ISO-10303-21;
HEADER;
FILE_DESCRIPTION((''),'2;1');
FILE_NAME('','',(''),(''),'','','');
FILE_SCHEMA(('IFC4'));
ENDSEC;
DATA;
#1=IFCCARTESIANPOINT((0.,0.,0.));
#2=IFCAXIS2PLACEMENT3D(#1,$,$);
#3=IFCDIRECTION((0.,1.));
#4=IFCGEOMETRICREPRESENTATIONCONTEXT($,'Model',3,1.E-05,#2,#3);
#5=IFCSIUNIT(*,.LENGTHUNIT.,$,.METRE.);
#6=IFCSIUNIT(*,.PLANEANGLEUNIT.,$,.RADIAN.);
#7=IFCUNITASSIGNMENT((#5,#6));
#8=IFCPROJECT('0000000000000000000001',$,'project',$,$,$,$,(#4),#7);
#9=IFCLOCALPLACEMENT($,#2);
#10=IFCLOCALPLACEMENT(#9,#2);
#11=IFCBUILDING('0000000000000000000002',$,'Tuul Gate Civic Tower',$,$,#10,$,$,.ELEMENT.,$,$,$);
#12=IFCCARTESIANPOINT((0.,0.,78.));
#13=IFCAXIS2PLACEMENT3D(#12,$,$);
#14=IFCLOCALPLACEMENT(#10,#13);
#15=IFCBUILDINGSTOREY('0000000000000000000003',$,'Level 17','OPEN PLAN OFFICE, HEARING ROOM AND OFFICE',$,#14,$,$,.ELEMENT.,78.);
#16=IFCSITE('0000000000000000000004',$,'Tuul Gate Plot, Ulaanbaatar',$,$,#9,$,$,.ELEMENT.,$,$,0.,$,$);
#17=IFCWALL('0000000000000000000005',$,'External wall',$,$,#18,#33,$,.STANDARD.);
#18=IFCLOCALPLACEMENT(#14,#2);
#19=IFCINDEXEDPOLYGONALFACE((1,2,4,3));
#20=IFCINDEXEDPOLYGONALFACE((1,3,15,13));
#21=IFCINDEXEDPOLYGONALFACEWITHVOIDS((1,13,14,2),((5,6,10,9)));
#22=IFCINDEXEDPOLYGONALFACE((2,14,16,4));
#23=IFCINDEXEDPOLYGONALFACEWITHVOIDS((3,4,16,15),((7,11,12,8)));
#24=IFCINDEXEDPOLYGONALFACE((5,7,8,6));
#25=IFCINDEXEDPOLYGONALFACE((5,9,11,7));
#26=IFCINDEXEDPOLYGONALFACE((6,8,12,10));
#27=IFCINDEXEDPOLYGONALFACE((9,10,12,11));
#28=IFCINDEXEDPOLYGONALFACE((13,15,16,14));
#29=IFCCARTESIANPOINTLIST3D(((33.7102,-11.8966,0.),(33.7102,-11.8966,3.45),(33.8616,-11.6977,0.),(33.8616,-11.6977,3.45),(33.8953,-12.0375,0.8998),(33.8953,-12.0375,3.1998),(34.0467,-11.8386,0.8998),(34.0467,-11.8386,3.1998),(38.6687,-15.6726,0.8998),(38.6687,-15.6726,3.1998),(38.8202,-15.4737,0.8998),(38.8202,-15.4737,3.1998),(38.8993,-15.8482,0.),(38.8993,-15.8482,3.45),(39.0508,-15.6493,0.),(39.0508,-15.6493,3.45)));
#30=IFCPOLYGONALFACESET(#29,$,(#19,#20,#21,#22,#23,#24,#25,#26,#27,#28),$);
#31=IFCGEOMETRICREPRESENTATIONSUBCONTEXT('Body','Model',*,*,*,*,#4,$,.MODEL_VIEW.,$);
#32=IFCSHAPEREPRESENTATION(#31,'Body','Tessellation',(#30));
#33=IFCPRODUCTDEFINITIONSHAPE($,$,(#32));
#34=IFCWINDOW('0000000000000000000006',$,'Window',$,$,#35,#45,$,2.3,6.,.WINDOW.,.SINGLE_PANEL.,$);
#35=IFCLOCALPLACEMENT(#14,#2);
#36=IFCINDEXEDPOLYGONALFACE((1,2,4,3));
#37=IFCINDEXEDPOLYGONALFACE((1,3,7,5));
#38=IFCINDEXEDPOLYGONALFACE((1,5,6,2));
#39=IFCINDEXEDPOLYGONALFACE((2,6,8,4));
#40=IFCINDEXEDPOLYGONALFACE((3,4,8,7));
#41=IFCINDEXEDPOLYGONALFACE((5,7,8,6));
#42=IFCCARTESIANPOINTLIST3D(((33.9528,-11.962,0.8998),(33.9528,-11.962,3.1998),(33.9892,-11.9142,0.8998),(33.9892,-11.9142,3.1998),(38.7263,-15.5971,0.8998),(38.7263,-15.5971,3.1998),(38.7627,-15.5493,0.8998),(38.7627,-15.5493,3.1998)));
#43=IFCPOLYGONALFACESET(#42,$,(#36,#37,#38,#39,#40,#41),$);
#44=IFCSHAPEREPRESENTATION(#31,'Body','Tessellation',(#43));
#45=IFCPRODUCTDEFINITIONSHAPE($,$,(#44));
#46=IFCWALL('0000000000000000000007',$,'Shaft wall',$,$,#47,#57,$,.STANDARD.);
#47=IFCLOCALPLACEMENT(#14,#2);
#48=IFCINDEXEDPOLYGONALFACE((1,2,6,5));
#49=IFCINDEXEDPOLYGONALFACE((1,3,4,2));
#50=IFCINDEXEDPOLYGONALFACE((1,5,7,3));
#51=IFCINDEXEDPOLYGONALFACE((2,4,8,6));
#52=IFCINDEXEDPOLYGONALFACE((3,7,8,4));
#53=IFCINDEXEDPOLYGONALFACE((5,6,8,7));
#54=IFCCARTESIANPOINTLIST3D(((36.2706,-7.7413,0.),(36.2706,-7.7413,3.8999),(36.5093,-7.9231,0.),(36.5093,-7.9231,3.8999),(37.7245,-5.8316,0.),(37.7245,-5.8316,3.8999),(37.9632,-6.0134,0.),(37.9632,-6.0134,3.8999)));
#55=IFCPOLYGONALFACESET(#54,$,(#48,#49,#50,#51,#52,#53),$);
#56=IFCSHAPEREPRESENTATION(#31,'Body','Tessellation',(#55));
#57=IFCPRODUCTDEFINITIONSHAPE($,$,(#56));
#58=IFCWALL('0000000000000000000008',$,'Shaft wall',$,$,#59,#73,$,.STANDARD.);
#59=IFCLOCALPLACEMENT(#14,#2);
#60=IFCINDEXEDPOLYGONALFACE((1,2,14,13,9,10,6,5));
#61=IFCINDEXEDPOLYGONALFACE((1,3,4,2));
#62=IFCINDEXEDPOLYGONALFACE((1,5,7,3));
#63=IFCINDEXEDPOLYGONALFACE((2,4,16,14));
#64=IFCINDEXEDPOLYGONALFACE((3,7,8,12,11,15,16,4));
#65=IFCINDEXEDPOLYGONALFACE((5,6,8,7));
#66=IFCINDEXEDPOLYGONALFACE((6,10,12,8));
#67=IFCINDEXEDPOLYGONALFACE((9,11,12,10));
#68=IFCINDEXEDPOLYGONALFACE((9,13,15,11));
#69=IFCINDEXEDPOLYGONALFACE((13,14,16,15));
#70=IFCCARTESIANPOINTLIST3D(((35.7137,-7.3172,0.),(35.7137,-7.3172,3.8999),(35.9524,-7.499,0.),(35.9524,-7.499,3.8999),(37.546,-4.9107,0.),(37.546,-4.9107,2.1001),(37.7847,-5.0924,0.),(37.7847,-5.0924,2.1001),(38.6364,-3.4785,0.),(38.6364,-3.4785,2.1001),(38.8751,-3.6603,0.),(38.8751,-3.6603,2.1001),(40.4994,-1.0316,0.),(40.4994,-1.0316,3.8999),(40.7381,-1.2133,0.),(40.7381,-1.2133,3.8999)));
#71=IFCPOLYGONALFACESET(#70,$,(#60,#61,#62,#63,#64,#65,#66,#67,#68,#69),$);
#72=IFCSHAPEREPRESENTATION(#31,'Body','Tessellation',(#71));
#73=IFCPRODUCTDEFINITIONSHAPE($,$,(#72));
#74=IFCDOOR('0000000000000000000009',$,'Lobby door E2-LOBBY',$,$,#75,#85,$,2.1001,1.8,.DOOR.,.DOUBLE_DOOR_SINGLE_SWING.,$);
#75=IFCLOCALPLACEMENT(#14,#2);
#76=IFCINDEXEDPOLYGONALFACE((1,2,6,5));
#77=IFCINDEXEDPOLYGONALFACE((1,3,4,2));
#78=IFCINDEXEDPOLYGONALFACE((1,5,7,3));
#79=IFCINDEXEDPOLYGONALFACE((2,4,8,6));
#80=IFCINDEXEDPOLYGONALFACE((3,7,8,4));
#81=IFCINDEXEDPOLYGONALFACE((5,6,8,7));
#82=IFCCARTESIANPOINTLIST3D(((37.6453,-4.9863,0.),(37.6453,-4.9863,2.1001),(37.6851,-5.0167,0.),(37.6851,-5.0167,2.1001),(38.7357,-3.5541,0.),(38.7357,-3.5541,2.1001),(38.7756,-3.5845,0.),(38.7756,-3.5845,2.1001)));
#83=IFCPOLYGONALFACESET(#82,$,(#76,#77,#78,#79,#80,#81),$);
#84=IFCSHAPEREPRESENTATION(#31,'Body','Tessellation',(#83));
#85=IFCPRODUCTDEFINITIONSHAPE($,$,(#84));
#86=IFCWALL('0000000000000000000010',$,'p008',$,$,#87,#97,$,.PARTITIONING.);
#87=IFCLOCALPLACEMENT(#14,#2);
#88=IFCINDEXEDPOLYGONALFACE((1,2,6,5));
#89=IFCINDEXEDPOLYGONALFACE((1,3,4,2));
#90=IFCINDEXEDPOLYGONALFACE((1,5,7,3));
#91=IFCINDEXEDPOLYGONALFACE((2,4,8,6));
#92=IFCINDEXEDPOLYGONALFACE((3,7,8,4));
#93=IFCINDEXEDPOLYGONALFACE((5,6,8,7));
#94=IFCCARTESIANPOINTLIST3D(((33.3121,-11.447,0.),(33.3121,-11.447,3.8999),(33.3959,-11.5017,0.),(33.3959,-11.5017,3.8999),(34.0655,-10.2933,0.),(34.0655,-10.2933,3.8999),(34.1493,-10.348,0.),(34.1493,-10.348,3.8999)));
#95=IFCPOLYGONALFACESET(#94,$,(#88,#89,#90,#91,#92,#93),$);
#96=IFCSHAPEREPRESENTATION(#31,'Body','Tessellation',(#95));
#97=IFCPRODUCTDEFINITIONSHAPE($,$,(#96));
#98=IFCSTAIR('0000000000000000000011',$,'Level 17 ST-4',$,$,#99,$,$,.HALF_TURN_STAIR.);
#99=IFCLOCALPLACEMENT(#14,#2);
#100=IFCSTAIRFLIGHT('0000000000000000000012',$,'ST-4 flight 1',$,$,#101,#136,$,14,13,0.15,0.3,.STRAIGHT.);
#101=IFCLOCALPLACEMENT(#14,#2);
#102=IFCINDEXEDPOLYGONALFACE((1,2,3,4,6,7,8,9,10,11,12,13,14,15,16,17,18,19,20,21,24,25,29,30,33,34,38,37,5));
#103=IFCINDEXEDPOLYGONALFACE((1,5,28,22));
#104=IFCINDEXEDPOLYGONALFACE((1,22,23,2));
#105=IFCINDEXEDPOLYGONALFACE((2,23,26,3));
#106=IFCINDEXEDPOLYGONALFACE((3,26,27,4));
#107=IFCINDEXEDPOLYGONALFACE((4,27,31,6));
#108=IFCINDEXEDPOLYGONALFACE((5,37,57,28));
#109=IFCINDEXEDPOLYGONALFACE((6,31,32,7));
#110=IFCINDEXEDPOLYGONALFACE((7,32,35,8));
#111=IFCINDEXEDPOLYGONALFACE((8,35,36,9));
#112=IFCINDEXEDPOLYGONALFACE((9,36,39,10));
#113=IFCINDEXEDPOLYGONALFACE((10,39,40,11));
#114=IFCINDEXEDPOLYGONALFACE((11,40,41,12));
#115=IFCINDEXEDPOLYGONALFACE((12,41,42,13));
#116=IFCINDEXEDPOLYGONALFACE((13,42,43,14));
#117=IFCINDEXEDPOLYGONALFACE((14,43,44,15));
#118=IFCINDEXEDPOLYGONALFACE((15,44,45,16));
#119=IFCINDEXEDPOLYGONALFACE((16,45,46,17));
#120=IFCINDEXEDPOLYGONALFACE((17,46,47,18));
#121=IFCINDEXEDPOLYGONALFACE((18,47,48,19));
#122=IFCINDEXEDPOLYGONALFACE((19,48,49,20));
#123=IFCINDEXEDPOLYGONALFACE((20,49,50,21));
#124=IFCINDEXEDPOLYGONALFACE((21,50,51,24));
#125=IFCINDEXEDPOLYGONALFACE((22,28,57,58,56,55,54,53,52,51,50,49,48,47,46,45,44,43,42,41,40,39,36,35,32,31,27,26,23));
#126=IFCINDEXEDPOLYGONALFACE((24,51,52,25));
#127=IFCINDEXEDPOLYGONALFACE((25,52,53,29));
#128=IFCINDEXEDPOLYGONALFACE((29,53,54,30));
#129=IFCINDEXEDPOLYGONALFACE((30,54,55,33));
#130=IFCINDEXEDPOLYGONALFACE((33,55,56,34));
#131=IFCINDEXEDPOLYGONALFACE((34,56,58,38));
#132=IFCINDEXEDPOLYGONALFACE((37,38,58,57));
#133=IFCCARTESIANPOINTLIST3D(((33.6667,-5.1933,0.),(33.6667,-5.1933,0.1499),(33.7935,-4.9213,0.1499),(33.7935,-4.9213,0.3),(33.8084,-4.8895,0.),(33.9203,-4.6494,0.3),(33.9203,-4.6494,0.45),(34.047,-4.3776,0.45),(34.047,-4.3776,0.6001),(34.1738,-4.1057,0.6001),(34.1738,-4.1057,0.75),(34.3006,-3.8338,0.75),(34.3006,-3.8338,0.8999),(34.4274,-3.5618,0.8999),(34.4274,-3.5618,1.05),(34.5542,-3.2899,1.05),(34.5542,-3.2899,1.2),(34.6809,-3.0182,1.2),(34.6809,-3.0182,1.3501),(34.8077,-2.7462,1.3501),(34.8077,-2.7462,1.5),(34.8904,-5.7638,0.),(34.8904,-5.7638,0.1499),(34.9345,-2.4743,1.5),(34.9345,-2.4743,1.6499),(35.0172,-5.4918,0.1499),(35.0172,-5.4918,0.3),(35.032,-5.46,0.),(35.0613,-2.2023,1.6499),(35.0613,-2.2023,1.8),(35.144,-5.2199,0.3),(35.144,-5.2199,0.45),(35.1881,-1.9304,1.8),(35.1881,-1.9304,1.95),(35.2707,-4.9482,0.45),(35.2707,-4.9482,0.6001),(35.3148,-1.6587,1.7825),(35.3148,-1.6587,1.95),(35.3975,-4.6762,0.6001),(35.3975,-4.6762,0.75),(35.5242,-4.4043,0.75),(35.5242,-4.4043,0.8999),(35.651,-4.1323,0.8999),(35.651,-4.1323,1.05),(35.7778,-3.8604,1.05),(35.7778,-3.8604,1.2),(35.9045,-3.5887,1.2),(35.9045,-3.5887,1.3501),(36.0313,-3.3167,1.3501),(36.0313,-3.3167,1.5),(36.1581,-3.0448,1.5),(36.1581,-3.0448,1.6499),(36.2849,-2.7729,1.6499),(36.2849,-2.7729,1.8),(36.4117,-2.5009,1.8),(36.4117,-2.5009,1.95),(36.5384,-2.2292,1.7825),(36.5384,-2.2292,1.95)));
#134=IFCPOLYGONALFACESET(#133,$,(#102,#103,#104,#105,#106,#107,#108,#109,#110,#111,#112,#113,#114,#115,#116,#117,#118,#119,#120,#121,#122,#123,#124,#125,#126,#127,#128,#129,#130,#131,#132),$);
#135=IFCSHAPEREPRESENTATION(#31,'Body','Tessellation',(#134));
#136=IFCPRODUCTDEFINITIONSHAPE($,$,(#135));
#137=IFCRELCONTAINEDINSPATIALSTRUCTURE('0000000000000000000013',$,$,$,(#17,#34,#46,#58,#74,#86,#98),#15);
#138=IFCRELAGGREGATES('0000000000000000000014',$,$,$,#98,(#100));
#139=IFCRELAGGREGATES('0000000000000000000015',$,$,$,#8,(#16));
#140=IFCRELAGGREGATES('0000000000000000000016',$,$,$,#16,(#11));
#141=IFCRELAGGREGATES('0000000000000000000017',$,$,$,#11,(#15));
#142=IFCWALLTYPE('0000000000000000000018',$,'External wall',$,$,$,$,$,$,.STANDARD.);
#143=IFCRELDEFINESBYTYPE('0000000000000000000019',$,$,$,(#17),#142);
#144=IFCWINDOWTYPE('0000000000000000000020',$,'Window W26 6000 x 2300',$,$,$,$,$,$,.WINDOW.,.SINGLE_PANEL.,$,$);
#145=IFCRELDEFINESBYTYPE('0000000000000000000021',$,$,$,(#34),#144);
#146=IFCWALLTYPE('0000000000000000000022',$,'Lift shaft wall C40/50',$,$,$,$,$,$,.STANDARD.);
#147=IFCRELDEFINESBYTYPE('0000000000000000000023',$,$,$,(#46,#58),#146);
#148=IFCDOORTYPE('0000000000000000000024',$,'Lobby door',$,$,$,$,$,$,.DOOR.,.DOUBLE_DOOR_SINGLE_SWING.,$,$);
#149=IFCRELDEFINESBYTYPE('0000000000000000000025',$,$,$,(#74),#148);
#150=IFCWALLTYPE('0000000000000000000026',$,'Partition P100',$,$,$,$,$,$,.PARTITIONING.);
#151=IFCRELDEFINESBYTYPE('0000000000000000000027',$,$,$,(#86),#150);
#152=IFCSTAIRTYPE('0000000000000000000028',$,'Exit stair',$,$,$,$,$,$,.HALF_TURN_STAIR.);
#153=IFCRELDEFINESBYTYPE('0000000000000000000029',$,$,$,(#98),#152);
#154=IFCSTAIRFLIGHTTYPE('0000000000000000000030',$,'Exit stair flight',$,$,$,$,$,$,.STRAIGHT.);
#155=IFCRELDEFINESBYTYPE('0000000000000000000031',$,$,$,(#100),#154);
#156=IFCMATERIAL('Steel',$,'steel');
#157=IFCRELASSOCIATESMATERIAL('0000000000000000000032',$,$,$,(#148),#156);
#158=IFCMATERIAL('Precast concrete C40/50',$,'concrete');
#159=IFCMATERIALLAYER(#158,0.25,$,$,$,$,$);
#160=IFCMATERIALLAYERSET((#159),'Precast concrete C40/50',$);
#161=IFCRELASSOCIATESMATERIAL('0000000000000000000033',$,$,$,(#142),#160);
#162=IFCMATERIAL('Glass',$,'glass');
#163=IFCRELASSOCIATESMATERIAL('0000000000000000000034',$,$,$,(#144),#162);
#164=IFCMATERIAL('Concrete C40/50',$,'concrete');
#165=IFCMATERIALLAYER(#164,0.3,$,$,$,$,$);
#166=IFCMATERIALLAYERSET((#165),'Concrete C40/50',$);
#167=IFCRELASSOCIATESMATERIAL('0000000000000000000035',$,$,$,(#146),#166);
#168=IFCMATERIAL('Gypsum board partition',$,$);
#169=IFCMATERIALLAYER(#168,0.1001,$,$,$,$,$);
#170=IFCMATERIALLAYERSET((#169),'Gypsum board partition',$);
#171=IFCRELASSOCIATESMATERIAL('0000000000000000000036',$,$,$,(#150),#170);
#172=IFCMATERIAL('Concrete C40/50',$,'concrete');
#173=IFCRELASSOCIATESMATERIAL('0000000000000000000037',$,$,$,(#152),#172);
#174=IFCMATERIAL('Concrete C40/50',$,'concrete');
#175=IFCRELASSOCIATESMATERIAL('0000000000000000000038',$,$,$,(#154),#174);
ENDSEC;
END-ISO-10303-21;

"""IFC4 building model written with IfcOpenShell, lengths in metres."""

from ifc_helpers import new_model, si_unit, direction, frame, frame_2d, origin, place, context, subcontext, project, spatial, polyline, rectangle, outline, extrude, material, layer, layer_set, type_object, element, fill, aggregate, save


model = new_model("IFC4")

# Units and contexts
model_context = context("Model", 3, precision=1e-05, world=origin(), true_north=direction((0.0, 1.0)))
body_context = subcontext(model_context, "Body", "Model", "MODEL_VIEW")
ifc_project = project(units=[si_unit("LENGTHUNIT", "METRE"), si_unit("PLANEANGLEUNIT", "RADIAN")], contexts=[model_context])

# Site, building, storey
site_placement = place(None, origin())
site = spatial("IfcSite", under=ifc_project, at=site_placement, Name="Tuul Gate Plot, Ulaanbaatar", CompositionType="ELEMENT", RefElevation=0.0)
building_placement = place(site_placement, origin())
building = spatial("IfcBuilding", under=site, at=building_placement, Name="Tuul Gate Civic Tower", CompositionType="ELEMENT")
storey_placement = place(building_placement, frame((0.0, 0.0, 78.0)))
storey = spatial("IfcBuildingStorey", under=building, at=storey_placement, Name="Level 17", Description="OPEN PLAN OFFICE, HEARING ROOM AND OFFICE", CompositionType="ELEMENT", Elevation=78.0)

# Shared definitions
ifc_material_1 = material(Name="Steel", Category="steel")
door_type_1 = type_object("IfcDoorType", Name="Lobby door", OperationType="DOUBLE_DOOR_SINGLE_SWING", PredefinedType="DOOR", material=ifc_material_1)

# Wall, opening, window
ifc_material_2 = material(Name="Precast concrete C40/50", Category="concrete")
ifc_layer_1 = layer(ifc_material_2, 0.25)
ifc_layer_set_1 = layer_set([ifc_layer_1], Name="Precast concrete C40/50")
wall_type_1 = type_object("IfcWallType", Name="External wall", PredefinedType="STANDARD", material=ifc_layer_set_1)
ifc_material_3 = material(Name="Glass", Category="glass")
window_type = type_object("IfcWindowType", Name="Window W26 6000 x 2300", PartitioningType="SINGLE_PANEL", PredefinedType="WINDOW", material=ifc_material_3)
wall_1_placement = place(storey_placement, frame((33.7859, -11.7971, 0.0), z_axis=(0.0, 0.0, 1.0), x_axis=(0.795581, -0.605847, 0.0)))
wall_1 = element("IfcWall", 1, at=wall_1_placement, inside=storey, type_object=wall_type_1, Name="External wall", PredefinedType="STANDARD", context=body_context, shape_type="SweptSolid", body=[
    extrude(rectangle(XDim=6.5225, YDim=0.25, at=frame_2d((3.2612, 0.0))), origin(), (0.0, 0.0, 1.0), 3.45),
])
opening_1_placement = place(wall_1_placement, frame((0.2327, 0.0, 0.8999)))
opening_1 = element("IfcOpeningElement", 2, at=opening_1_placement, cuts=wall_1, PredefinedType="OPENING", context=body_context, shape_type="SweptSolid", body=[
    extrude(rectangle(XDim=6.0, YDim=2.3, at=frame_2d((3.0, 1.1499))), frame((0.0, 0.135, 0.0), z_axis=(0.0, -1.0, 0.0), x_axis=(1.0, 0.0, 0.0)), (0.0, 0.0, 1.0), 0.27),
])
window_1_placement = place(opening_1_placement, origin())
window_1 = element("IfcWindow", 3, at=window_1_placement, inside=storey, type_object=window_type, Name="Window", OverallHeight=2.3, OverallWidth=6.0, PartitioningType="SINGLE_PANEL", PredefinedType="WINDOW", context=body_context, shape_type="SweptSolid", body=[
    extrude(rectangle(XDim=6.0, YDim=2.3, at=frame_2d((3.0, 1.1499))), frame((0.0, 0.03, 0.0), z_axis=(0.0, -1.0, 0.0), x_axis=(1.0, 0.0, 0.0)), (0.0, 0.0, 1.0), 0.0601),
])
fill(opening_1, window_1)

# Wall
ifc_material_4 = material(Name="Concrete C40/50", Category="concrete")
ifc_layer_2 = layer(ifc_material_4, 0.3)
ifc_layer_set_2 = layer_set([ifc_layer_2], Name="Concrete C40/50")
wall_type_2 = type_object("IfcWallType", Name="Lift shaft wall C40/50", PredefinedType="STANDARD", material=ifc_layer_set_2)
wall_2_placement = place(storey_placement, frame((36.3899, -7.8323, 0.0), z_axis=(0.0, 0.0, 1.0), x_axis=(0.605746, 0.795658, 0.0)))
element("IfcWall", 4, at=wall_2_placement, inside=storey, type_object=wall_type_2, Name="Shaft wall", PredefinedType="STANDARD", context=body_context, shape_type="SweptSolid", body=[
    extrude(rectangle(XDim=2.4001, YDim=0.3, at=frame_2d((1.2002, 0.0))), origin(), (0.0, 0.0, 1.0), 3.8999),
])

# Wall, opening, door
wall_3_placement = place(storey_placement, frame((35.833, -7.4082, 0.0), z_axis=(0.0, 0.0, 1.0), x_axis=(0.605769, 0.79564, 0.0)))
wall_3 = element("IfcWall", 5, at=wall_3_placement, inside=storey, type_object=wall_type_2, Name="Shaft wall", PredefinedType="STANDARD", context=body_context, shape_type="SweptSolid", body=[
    extrude(rectangle(XDim=7.9001, YDim=0.3, at=frame_2d((3.9502, 0.0))), origin(), (0.0, 0.0, 1.0), 3.8999),
])
opening_2_placement = place(wall_3_placement, frame((3.0249, 0.0, 0.0)))
opening_2 = element("IfcOpeningElement", 6, at=opening_2_placement, cuts=wall_3, PredefinedType="OPENING", context=body_context, shape_type="SweptSolid", body=[
    extrude(rectangle(XDim=1.8, YDim=2.1001, at=frame_2d((0.8999, 1.05))), frame((0.0, 0.1602, 0.0), z_axis=(0.0, -1.0, 0.0), x_axis=(1.0, 0.0, 0.0)), (0.0, 0.0, 1.0), 0.3201),
])
door_1_placement = place(opening_2_placement, frame((1.8, 0.0, 0.0), z_axis=(0.0, 0.0, 1.0), x_axis=(-1.0, 0.0, 0.0)))
door_1 = element("IfcDoor", 7, at=door_1_placement, inside=storey, type_object=door_type_1, Name="Lobby door E2-LOBBY", OperationType="DOUBLE_DOOR_SINGLE_SWING", OverallHeight=2.1001, OverallWidth=1.8, PredefinedType="DOOR", context=body_context, shape_type="SweptSolid", body=[
    extrude(rectangle(XDim=1.8, YDim=2.1001, at=frame_2d((0.9001, 1.05))), frame((0.0, 0.0249, 0.0), z_axis=(0.0, -1.0, 0.0), x_axis=(1.0, 0.0, 0.0)), (0.0, 0.0, 1.0), 0.05),
])
fill(opening_2, door_1)

# Wall
ifc_material_5 = material(Name="Gypsum board partition")
ifc_layer_3 = layer(ifc_material_5, 0.1001)
ifc_layer_set_3 = layer_set([ifc_layer_3], Name="Gypsum board partition")
wall_type_3 = type_object("IfcWallType", Name="Partition P100", PredefinedType="PARTITIONING", material=ifc_layer_set_3)
wall_4_placement = place(storey_placement, frame((33.354, -11.4744, 0.0), z_axis=(0.0, 0.0, 1.0), x_axis=(0.546743, 0.8373, 0.0)))
element("IfcWall", 8, at=wall_4_placement, inside=storey, type_object=wall_type_3, Name="p008", PredefinedType="PARTITIONING", context=body_context, shape_type="SweptSolid", body=[
    extrude(rectangle(XDim=1.3779, YDim=0.1001, at=frame_2d((0.689, 0.0))), origin(), (0.0, 0.0, 1.0), 3.8999),
])

# Stair, stair flight
ifc_material_6 = material(Name="Concrete C40/50", Category="concrete")
stair_type = type_object("IfcStairType", Name="Exit stair", PredefinedType="HALF_TURN_STAIR", material=ifc_material_6)
stair_placement = place(storey_placement, origin())
stair = element("IfcStair", 9, at=stair_placement, inside=storey, type_object=stair_type, Name="Level 17 ST-4", PredefinedType="HALF_TURN_STAIR")
ifc_material_7 = material(Name="Concrete C40/50", Category="concrete")
stair_flight_type = type_object("IfcStairFlightType", Name="Exit stair flight", PredefinedType="STRAIGHT", material=ifc_material_7)
stair_flight_placement = place(storey_placement, frame((34.2786, -5.4785, 0.0), z_axis=(0.0, 0.0, 1.0), x_axis=(0.422576, 0.906327, 0.0)))
stair_flight = element("IfcStairFlight", 10, at=stair_flight_placement, type_object=stair_flight_type, Name="ST-4 flight 1", NumberOfRisers=14, NumberOfTreads=13, PredefinedType="STRAIGHT", RiserHeight=0.15, TreadLength=0.3, context=body_context, shape_type="SweptSolid", body=[
    extrude(outline(polyline([(0.0, 0.0), (0.0, 0.1499), (0.3, 0.1499), (0.3, 0.3), (0.6001, 0.3), (0.6001, 0.45), (0.8999, 0.45), (0.8999, 0.6001), (1.2, 0.6001), (1.2, 0.75), (1.5, 0.75), (1.5, 0.8999), (1.8, 0.8999), (1.8, 1.05), (2.1001, 1.05), (2.1001, 1.2), (2.3999, 1.2), (2.3999, 1.3501), (2.7, 1.3501), (2.7, 1.5), (3.0, 1.5), (3.0, 1.6499), (3.3, 1.6499), (3.3, 1.8), (3.6001, 1.8), (3.6001, 1.95), (3.8999, 1.95), (3.8999, 2.1001), (3.8999, 1.7825), (0.3352, 0.0), (0.0, 0.0)])), frame((0.0, 0.675, 0.0), z_axis=(0.0, -1.0, 0.0), x_axis=(1.0, 0.0, 0.0)), (0.0, 0.0, 1.0), 1.3501),
])
aggregate(stair, [stair_flight])

save(model, "model.ifc")
